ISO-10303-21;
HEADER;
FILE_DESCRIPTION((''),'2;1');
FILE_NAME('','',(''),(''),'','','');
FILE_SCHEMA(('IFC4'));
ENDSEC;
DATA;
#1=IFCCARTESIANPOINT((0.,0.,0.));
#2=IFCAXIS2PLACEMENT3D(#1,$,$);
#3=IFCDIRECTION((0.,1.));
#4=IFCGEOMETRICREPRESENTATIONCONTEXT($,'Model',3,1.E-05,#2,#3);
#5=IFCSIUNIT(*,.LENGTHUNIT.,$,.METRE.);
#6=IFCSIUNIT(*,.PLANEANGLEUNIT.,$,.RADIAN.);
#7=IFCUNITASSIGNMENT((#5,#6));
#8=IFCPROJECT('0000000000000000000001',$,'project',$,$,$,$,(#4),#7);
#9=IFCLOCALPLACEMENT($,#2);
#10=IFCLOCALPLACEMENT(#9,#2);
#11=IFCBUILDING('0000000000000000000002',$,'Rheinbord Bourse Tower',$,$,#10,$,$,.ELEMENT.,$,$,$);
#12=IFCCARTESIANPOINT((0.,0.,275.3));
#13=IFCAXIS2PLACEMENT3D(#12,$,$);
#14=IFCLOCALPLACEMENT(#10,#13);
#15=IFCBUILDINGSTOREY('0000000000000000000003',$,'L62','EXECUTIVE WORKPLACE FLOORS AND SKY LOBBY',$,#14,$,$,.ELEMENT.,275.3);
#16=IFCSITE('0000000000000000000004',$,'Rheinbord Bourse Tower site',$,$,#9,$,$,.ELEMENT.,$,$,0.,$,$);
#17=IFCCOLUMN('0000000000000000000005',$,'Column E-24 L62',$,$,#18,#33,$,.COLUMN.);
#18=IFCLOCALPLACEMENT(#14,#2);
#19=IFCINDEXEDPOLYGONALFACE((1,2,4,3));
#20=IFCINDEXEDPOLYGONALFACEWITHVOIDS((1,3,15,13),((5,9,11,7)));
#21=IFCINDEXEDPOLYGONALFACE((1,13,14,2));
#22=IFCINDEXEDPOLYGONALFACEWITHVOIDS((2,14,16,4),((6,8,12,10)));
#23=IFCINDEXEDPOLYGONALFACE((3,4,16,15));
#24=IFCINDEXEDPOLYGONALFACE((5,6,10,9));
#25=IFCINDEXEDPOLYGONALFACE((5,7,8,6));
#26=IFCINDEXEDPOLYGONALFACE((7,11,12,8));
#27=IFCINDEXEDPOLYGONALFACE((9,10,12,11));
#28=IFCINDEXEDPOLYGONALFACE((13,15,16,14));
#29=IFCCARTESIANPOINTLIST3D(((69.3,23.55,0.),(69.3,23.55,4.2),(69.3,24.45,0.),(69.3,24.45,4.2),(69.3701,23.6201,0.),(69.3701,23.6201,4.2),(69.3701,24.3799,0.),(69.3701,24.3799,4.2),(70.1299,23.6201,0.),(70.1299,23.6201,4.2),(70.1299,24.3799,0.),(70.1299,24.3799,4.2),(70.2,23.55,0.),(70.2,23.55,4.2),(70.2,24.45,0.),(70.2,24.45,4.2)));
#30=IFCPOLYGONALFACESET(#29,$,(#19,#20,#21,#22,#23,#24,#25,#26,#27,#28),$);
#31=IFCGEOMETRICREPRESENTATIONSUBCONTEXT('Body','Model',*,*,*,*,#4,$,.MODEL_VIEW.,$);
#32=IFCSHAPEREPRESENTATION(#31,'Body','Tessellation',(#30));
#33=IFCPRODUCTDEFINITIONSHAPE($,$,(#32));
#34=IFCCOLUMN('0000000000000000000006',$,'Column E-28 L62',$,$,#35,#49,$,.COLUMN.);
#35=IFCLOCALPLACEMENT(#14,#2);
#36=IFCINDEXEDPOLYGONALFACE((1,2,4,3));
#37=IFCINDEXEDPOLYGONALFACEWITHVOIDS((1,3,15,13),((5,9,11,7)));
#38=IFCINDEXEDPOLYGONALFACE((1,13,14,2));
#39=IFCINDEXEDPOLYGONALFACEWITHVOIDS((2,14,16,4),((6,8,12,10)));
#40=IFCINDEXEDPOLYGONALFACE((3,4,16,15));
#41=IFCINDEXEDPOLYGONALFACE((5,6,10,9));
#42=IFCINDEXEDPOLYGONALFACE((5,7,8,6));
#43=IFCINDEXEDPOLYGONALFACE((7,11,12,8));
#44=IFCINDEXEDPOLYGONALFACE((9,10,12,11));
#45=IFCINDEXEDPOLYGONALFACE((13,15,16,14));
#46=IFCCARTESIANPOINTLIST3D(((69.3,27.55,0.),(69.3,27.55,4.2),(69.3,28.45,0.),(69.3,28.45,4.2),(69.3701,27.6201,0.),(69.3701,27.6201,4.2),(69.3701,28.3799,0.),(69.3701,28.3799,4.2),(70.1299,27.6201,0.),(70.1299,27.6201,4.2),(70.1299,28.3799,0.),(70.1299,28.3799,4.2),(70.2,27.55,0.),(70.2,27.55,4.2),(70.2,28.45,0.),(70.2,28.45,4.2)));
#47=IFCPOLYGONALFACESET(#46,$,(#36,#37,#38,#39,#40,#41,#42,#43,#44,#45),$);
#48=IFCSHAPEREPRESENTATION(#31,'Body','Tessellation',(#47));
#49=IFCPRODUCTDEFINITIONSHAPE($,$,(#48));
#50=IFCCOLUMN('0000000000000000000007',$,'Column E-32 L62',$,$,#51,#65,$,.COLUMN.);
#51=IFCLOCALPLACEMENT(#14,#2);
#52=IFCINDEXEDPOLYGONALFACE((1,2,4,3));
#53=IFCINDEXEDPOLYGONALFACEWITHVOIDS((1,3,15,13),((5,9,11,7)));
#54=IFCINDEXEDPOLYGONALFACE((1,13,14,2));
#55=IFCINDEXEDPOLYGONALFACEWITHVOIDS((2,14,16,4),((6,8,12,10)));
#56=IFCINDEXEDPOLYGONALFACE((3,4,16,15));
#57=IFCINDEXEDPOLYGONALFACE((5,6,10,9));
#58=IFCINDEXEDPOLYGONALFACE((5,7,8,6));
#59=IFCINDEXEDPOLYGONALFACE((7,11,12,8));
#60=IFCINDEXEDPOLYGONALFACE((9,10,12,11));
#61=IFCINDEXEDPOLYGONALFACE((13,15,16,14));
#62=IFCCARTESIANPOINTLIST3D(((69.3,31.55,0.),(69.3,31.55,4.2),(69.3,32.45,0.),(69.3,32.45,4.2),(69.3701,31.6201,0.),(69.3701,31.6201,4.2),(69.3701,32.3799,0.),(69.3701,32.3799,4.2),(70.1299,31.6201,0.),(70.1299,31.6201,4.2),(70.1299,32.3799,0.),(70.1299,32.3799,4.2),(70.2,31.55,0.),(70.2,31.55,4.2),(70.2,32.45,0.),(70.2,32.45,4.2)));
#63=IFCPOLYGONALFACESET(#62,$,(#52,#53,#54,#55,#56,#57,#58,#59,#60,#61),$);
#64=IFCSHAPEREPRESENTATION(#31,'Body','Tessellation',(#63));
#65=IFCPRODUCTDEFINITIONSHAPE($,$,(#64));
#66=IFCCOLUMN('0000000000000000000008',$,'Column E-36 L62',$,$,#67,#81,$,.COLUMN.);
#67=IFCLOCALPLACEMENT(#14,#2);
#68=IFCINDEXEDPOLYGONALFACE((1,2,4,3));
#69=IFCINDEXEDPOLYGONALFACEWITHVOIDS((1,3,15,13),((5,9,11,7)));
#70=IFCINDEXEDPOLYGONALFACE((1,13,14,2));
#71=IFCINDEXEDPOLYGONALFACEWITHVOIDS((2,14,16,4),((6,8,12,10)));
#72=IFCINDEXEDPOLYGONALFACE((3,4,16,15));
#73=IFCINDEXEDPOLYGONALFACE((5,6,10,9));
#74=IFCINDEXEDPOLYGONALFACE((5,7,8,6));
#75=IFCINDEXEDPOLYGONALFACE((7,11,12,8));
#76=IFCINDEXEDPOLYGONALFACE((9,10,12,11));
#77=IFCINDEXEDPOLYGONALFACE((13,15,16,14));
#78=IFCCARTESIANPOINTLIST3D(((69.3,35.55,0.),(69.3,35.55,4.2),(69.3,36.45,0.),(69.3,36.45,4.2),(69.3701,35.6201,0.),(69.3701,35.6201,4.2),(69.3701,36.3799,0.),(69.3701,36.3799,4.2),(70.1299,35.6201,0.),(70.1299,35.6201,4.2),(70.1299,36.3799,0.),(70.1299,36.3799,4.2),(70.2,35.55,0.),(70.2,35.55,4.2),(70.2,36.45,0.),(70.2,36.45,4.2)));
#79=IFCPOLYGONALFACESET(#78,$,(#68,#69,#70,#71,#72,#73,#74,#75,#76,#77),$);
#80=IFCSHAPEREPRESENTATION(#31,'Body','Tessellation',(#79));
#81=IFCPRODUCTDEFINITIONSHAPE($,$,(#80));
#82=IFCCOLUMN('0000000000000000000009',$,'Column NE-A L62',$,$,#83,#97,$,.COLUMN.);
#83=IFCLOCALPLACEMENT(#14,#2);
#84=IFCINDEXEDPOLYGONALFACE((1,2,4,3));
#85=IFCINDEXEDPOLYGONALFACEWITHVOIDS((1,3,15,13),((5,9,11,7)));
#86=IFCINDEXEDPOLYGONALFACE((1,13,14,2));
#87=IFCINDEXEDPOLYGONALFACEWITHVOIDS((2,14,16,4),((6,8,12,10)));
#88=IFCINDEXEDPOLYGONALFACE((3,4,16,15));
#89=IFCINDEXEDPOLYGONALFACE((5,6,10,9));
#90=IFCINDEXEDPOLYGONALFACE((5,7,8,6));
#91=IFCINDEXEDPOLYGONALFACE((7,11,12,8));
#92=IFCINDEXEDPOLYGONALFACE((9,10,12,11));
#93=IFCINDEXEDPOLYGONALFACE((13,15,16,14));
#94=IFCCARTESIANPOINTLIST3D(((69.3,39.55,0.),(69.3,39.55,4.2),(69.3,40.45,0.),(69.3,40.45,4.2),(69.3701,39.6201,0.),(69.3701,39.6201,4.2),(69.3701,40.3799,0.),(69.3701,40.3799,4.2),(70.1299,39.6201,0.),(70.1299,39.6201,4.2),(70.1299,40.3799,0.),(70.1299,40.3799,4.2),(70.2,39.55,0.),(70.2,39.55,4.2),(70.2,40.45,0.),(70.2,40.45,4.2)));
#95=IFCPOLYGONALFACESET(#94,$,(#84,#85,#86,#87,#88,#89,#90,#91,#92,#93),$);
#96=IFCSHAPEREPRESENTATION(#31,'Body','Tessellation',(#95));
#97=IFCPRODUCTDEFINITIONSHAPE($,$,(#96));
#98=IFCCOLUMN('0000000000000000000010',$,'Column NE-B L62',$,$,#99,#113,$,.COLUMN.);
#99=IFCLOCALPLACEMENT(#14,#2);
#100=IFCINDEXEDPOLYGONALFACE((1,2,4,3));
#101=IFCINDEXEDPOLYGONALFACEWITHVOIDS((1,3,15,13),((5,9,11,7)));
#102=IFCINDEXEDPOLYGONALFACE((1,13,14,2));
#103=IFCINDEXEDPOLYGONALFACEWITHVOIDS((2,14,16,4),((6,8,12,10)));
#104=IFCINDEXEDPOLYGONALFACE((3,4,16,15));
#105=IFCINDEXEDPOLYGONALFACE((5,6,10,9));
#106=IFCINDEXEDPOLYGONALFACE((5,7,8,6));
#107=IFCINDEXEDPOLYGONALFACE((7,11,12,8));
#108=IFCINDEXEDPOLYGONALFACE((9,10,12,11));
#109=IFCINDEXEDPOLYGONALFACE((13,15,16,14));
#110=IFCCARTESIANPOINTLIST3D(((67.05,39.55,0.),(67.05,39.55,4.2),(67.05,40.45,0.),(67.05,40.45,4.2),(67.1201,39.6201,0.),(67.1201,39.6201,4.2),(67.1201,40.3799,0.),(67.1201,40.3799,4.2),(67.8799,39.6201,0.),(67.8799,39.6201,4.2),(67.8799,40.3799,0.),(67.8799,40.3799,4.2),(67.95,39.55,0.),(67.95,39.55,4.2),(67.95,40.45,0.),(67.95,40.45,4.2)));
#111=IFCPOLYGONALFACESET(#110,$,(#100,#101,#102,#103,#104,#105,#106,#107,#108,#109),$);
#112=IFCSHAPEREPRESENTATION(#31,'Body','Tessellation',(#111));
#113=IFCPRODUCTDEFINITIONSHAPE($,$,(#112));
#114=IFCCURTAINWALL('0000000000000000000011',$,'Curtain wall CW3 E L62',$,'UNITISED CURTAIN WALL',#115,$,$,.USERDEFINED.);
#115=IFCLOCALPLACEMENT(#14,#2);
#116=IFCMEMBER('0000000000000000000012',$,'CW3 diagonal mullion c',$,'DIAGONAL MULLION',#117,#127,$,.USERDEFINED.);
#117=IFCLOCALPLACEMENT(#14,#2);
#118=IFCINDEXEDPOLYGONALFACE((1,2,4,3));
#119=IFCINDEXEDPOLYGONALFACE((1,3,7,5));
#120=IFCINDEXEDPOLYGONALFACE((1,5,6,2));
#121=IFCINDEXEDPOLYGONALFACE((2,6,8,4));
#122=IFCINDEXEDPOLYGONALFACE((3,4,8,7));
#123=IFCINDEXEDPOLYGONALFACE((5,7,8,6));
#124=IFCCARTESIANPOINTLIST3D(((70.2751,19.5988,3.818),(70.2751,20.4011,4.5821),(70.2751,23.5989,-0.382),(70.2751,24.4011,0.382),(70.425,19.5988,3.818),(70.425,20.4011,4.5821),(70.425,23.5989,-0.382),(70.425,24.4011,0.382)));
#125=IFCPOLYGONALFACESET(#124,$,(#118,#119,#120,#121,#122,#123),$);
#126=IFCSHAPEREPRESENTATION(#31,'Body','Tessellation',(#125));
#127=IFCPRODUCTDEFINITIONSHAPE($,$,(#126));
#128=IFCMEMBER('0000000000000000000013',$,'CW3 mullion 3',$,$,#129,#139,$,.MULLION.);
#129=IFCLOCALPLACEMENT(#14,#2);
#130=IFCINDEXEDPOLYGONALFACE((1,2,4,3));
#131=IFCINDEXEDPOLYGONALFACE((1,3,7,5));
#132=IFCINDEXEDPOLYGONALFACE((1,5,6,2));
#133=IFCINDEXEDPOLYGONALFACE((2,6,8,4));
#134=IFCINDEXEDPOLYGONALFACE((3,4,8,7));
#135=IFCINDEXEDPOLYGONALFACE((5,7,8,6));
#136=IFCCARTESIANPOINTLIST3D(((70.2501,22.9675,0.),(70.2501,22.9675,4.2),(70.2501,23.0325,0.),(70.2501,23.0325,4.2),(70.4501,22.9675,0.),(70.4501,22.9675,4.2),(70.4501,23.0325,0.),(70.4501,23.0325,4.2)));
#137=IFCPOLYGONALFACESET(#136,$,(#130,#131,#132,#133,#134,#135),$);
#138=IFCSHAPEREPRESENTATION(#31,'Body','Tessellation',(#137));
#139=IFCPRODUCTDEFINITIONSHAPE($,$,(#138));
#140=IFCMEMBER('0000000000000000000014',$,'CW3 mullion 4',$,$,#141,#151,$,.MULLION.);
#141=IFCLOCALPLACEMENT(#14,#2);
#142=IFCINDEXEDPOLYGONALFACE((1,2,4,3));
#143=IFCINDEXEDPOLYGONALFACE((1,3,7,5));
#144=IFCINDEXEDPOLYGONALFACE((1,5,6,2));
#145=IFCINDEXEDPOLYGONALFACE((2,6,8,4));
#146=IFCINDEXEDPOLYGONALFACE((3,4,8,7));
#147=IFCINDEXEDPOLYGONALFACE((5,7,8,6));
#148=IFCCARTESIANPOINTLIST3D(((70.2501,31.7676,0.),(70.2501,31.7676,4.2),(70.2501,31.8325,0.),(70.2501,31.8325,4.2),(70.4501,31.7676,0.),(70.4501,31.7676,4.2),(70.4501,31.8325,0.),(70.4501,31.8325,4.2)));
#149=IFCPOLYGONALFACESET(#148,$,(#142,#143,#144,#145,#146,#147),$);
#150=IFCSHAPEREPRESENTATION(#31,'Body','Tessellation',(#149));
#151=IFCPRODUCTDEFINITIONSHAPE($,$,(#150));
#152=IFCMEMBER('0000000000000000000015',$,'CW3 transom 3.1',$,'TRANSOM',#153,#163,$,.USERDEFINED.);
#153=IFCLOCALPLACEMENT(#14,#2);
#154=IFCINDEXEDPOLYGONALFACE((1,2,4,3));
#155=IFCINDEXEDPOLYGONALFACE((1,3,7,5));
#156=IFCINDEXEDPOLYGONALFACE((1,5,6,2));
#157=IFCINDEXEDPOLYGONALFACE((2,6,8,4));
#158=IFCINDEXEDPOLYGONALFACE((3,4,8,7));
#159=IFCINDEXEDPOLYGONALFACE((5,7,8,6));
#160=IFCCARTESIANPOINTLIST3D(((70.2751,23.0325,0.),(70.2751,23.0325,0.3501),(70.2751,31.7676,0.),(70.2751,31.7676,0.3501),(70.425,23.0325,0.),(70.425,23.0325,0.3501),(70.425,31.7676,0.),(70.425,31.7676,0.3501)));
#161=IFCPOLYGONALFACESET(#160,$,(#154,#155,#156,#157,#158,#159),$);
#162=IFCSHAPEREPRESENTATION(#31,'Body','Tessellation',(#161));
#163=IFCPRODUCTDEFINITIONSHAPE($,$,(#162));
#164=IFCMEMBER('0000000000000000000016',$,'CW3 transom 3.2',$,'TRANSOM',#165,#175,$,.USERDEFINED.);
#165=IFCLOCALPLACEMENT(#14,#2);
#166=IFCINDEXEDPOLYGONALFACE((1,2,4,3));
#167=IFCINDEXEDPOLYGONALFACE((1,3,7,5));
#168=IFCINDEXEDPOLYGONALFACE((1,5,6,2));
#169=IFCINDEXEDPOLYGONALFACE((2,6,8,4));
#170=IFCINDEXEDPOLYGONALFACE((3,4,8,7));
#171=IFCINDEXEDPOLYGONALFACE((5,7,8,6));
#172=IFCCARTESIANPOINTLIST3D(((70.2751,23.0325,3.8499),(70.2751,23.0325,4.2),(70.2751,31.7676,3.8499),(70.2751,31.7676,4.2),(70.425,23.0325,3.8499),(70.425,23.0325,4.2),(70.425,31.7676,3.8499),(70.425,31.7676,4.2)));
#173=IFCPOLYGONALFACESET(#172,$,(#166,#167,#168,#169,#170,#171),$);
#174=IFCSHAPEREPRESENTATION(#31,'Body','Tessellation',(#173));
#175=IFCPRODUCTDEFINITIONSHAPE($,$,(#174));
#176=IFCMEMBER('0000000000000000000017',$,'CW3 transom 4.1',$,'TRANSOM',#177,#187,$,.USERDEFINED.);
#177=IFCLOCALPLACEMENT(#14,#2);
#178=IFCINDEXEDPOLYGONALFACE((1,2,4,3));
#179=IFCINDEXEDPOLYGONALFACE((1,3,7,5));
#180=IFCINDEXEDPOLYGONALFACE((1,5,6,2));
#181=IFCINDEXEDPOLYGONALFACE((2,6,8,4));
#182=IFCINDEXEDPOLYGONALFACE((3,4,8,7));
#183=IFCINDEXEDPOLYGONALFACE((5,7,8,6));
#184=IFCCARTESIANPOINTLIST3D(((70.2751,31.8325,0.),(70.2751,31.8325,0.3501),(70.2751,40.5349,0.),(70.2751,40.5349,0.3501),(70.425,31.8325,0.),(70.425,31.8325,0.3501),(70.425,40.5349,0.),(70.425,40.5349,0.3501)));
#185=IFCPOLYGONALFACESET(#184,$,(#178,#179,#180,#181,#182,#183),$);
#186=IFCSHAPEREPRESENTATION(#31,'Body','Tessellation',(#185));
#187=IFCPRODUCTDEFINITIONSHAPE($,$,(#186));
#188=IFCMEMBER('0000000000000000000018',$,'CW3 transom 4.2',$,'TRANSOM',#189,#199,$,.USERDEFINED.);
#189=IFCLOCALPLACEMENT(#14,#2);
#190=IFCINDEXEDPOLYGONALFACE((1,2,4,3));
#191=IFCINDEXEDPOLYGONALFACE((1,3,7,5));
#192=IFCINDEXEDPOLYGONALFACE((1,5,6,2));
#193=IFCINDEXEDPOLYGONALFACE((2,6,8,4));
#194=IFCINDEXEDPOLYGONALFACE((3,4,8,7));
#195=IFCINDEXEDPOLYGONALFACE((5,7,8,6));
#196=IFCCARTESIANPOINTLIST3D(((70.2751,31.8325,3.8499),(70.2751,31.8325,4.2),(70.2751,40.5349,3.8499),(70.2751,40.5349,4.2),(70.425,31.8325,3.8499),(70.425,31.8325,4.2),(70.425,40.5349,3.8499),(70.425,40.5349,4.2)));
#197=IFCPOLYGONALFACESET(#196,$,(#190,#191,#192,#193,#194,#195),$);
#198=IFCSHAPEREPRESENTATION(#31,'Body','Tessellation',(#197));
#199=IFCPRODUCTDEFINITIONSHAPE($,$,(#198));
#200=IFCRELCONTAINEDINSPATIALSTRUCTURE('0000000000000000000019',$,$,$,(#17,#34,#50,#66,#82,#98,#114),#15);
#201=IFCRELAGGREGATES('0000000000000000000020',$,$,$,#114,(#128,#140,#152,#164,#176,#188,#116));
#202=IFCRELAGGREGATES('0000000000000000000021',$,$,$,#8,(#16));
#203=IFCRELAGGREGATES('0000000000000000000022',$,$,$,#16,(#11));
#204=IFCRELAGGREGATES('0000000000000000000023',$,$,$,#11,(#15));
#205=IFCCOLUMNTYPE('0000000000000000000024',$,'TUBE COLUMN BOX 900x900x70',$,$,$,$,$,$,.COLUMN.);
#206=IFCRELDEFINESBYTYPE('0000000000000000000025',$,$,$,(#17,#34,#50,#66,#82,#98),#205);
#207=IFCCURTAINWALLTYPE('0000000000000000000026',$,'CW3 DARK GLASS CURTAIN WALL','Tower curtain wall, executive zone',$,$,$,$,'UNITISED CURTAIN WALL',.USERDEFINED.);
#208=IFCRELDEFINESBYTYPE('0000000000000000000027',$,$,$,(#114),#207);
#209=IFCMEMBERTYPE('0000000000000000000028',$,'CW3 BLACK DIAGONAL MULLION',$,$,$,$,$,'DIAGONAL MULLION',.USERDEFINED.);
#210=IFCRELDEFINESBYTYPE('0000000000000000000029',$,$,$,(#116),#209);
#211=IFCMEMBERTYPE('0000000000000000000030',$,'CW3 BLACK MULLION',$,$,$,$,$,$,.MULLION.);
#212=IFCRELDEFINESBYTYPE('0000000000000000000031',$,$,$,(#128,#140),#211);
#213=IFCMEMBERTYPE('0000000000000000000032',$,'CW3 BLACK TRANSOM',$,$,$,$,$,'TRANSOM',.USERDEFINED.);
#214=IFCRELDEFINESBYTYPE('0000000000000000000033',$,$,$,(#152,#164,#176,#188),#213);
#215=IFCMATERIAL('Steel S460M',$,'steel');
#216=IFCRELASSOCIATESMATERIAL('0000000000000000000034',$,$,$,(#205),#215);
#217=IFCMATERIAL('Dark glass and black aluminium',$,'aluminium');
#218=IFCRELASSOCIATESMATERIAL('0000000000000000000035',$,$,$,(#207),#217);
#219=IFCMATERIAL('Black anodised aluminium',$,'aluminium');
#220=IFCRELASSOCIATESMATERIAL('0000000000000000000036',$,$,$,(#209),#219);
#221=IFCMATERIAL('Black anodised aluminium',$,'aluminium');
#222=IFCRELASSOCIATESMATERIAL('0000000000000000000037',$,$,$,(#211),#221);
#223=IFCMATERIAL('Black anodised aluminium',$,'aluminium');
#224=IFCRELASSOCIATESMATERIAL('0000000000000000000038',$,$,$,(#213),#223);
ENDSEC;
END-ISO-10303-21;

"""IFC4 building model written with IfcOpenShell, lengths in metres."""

from ifc_helpers import new_model, si_unit, direction, frame, origin, origin_2d, place, context, subcontext, project, spatial, rectangle, hollow_rectangle, extrude, material, material_profile, profile_set, type_object, element, aggregate, save


model = new_model("IFC4")

# Units and contexts
model_context = context("Model", 3, precision=1e-05, world=origin(), true_north=direction((0.0, 1.0)))
body_context = subcontext(model_context, "Body", "Model", "MODEL_VIEW")
ifc_project = project(units=[si_unit("LENGTHUNIT", "METRE"), si_unit("PLANEANGLEUNIT", "RADIAN")], contexts=[model_context])

# Site, building, storey
site_placement = place(None, origin())
site = spatial("IfcSite", under=ifc_project, at=site_placement, Name="Rheinbord Bourse Tower site", CompositionType="ELEMENT", RefElevation=0.0)
building_placement = place(site_placement, origin())
building = spatial("IfcBuilding", under=site, at=building_placement, Name="Rheinbord Bourse Tower", CompositionType="ELEMENT")
storey_placement = place(building_placement, frame((0.0, 0.0, 275.3)))
storey = spatial("IfcBuildingStorey", under=building, at=storey_placement, Name="L62", Description="EXECUTIVE WORKPLACE FLOORS AND SKY LOBBY", CompositionType="ELEMENT", Elevation=275.3)

# Columns
ifc_material_1 = material(Name="Steel S460M", Category="steel")
ifc_material_profile_1 = material_profile(ifc_material_1, hollow_rectangle(XDim=0.8999, YDim=0.8999, WallThickness=0.0701, at=origin_2d()), Name="BOX 900x900x70")
ifc_profile_set_1 = profile_set([ifc_material_profile_1], Name="Steel S460M")
column_type = type_object("IfcColumnType", Name="TUBE COLUMN BOX 900x900x70", PredefinedType="COLUMN", material=ifc_profile_set_1)
for number, where, z_axis, x_axis, name in (
    (1, (69.75, 24.0, 0.0), (0.0, 0.0, 1.0), (1.0, 0.0, 0.0), "Column E-24 L62"),
    (2, (69.75, 28.0, 0.0), (0.0, 0.0, 1.0), (1.0, 0.0, 0.0), "Column E-28 L62"),
    (3, (69.75, 32.0, 0.0), (0.0, 0.0, 1.0), (1.0, 0.0, 0.0), "Column E-32 L62"),
    (4, (69.75, 36.0, 0.0), (0.0, 0.0, 1.0), (1.0, 0.0, 0.0), "Column E-36 L62"),
    (5, (69.75, 40.0, 0.0), (0.0, 0.0, 1.0), (1.0, 0.0, 0.0), "Column NE-A L62"),
    (6, (67.5, 40.0, 0.0), (0.0, 0.0, 1.0), (1.0, 0.0, 0.0), "Column NE-B L62"),
):
    element("IfcColumn", number, at=place(storey_placement, frame(where, z_axis=z_axis, x_axis=x_axis)), inside=storey, type_object=column_type, Name=name, PredefinedType="COLUMN", context=body_context, shape_type="SweptSolid", body=[
        extrude(hollow_rectangle(XDim=0.8999, YDim=0.8999, WallThickness=0.0701, at=origin_2d()), origin(), (0.0, 0.0, 1.0), 4.2),
    ])

# Curtain wall, members
ifc_material_2 = material(Name="Dark glass and black aluminium", Category="aluminium")
curtain_wall_type = type_object("IfcCurtainWallType", Name="CW3 DARK GLASS CURTAIN WALL", Description="Tower curtain wall, executive zone", ElementType="UNITISED CURTAIN WALL", PredefinedType="USERDEFINED", material=ifc_material_2)
curtain_wall_placement = place(storey_placement, origin())
curtain_wall = element("IfcCurtainWall", 7, at=curtain_wall_placement, inside=storey, type_object=curtain_wall_type, Name="Curtain wall CW3 E L62", ObjectType="UNITISED CURTAIN WALL", PredefinedType="USERDEFINED")
ifc_material_3 = material(Name="Black anodised aluminium", Category="aluminium")
ifc_material_profile_2 = material_profile(ifc_material_3, rectangle(XDim=0.1499, YDim=1.1079, at=origin_2d()), Name="CW3 DIAGONAL MULLION 1108x150")
ifc_profile_set_2 = profile_set([ifc_material_profile_2], Name="Black anodised aluminium")
member_type_1 = type_object("IfcMemberType", Name="CW3 BLACK DIAGONAL MULLION", ElementType="DIAGONAL MULLION", PredefinedType="USERDEFINED", material=ifc_profile_set_2)
member_1_placement = place(storey_placement, frame((70.3501, 24.0, 0.0), z_axis=(0.0, -0.689659, 0.724134), x_axis=(1.0, 0.0, 0.0)))
member_1 = element("IfcMember", 8, at=member_1_placement, type_object=member_type_1, Name="CW3 diagonal mullion c", ObjectType="DIAGONAL MULLION", PredefinedType="USERDEFINED", context=body_context, shape_type="SweptSolid", body=[
    extrude(rectangle(XDim=0.1499, YDim=1.1079, at=origin_2d()), origin(), (0.0, 0.0, 1.0), 5.8),
])
ifc_material_4 = material(Name="Black anodised aluminium", Category="aluminium")
ifc_material_profile_3 = material_profile(ifc_material_4, rectangle(XDim=0.2, YDim=0.0649, at=origin_2d()), Name="CW3 MULLION 65x200")
ifc_profile_set_3 = profile_set([ifc_material_profile_3], Name="Black anodised aluminium")
member_type_2 = type_object("IfcMemberType", Name="CW3 BLACK MULLION", PredefinedType="MULLION", material=ifc_profile_set_3)
member_2_placement = place(storey_placement, frame((70.3501, 23.0, 0.0), z_axis=(0.0, 0.0, 1.0), x_axis=(-1.0, 0.0, 0.0)))
member_2 = element("IfcMember", 9, at=member_2_placement, type_object=member_type_2, Name="CW3 mullion 3", PredefinedType="MULLION", context=body_context, shape_type="SweptSolid", body=[
    extrude(rectangle(XDim=0.2, YDim=0.0649, at=origin_2d()), origin(), (0.0, 0.0, 1.0), 4.2),
])
member_3_placement = place(storey_placement, frame((70.3501, 31.8, 0.0), z_axis=(0.0, 0.0, 1.0), x_axis=(-1.0, 0.0, 0.0)))
member_3 = element("IfcMember", 10, at=member_3_placement, type_object=member_type_2, Name="CW3 mullion 4", PredefinedType="MULLION", context=body_context, shape_type="SweptSolid", body=[
    extrude(rectangle(XDim=0.2, YDim=0.0649, at=origin_2d()), origin(), (0.0, 0.0, 1.0), 4.2),
])
ifc_material_5 = material(Name="Black anodised aluminium", Category="aluminium")
ifc_material_profile_4 = material_profile(ifc_material_5, rectangle(XDim=0.1499, YDim=0.3501, at=origin_2d()), Name="CW3 TRANSOM 350x150")
ifc_profile_set_4 = profile_set([ifc_material_profile_4], Name="Black anodised aluminium")
member_type_3 = type_object("IfcMemberType", Name="CW3 BLACK TRANSOM", ElementType="TRANSOM", PredefinedType="USERDEFINED", material=ifc_profile_set_4)
member_4_placement = place(storey_placement, frame((70.3501, 23.0325, 0.175), z_axis=(0.0, 1.0, 0.0), x_axis=(-1.0, 0.0, 0.0)))
member_4 = element("IfcMember", 11, at=member_4_placement, type_object=member_type_3, Name="CW3 transom 3.1", ObjectType="TRANSOM", PredefinedType="USERDEFINED", context=body_context, shape_type="SweptSolid", body=[
    extrude(rectangle(XDim=0.1499, YDim=0.3501, at=origin_2d()), origin(), (0.0, 0.0, 1.0), 8.7351),
])
member_5_placement = place(storey_placement, frame((70.3501, 23.0325, 4.0249), z_axis=(0.0, 1.0, 0.0), x_axis=(-1.0, 0.0, 0.0)))
member_5 = element("IfcMember", 12, at=member_5_placement, type_object=member_type_3, Name="CW3 transom 3.2", ObjectType="TRANSOM", PredefinedType="USERDEFINED", context=body_context, shape_type="SweptSolid", body=[
    extrude(rectangle(XDim=0.1499, YDim=0.3501, at=origin_2d()), origin(), (0.0, 0.0, 1.0), 8.7351),
])
member_6_placement = place(storey_placement, frame((70.3501, 31.8325, 0.175), z_axis=(0.0, 1.0, 0.0), x_axis=(-1.0, 0.0, 0.0)))
member_6 = element("IfcMember", 13, at=member_6_placement, type_object=member_type_3, Name="CW3 transom 4.1", ObjectType="TRANSOM", PredefinedType="USERDEFINED", context=body_context, shape_type="SweptSolid", body=[
    extrude(rectangle(XDim=0.1499, YDim=0.3501, at=origin_2d()), origin(), (0.0, 0.0, 1.0), 8.7024),
])
member_7_placement = place(storey_placement, frame((70.3501, 31.8325, 4.0249), z_axis=(0.0, 1.0, 0.0), x_axis=(-1.0, 0.0, 0.0)))
member_7 = element("IfcMember", 14, at=member_7_placement, type_object=member_type_3, Name="CW3 transom 4.2", ObjectType="TRANSOM", PredefinedType="USERDEFINED", context=body_context, shape_type="SweptSolid", body=[
    extrude(rectangle(XDim=0.1499, YDim=0.3501, at=origin_2d()), origin(), (0.0, 0.0, 1.0), 8.7024),
])

aggregate(curtain_wall, [member_2, member_3, member_4, member_5, member_6, member_7, member_1])

save(model, "model.ifc")
